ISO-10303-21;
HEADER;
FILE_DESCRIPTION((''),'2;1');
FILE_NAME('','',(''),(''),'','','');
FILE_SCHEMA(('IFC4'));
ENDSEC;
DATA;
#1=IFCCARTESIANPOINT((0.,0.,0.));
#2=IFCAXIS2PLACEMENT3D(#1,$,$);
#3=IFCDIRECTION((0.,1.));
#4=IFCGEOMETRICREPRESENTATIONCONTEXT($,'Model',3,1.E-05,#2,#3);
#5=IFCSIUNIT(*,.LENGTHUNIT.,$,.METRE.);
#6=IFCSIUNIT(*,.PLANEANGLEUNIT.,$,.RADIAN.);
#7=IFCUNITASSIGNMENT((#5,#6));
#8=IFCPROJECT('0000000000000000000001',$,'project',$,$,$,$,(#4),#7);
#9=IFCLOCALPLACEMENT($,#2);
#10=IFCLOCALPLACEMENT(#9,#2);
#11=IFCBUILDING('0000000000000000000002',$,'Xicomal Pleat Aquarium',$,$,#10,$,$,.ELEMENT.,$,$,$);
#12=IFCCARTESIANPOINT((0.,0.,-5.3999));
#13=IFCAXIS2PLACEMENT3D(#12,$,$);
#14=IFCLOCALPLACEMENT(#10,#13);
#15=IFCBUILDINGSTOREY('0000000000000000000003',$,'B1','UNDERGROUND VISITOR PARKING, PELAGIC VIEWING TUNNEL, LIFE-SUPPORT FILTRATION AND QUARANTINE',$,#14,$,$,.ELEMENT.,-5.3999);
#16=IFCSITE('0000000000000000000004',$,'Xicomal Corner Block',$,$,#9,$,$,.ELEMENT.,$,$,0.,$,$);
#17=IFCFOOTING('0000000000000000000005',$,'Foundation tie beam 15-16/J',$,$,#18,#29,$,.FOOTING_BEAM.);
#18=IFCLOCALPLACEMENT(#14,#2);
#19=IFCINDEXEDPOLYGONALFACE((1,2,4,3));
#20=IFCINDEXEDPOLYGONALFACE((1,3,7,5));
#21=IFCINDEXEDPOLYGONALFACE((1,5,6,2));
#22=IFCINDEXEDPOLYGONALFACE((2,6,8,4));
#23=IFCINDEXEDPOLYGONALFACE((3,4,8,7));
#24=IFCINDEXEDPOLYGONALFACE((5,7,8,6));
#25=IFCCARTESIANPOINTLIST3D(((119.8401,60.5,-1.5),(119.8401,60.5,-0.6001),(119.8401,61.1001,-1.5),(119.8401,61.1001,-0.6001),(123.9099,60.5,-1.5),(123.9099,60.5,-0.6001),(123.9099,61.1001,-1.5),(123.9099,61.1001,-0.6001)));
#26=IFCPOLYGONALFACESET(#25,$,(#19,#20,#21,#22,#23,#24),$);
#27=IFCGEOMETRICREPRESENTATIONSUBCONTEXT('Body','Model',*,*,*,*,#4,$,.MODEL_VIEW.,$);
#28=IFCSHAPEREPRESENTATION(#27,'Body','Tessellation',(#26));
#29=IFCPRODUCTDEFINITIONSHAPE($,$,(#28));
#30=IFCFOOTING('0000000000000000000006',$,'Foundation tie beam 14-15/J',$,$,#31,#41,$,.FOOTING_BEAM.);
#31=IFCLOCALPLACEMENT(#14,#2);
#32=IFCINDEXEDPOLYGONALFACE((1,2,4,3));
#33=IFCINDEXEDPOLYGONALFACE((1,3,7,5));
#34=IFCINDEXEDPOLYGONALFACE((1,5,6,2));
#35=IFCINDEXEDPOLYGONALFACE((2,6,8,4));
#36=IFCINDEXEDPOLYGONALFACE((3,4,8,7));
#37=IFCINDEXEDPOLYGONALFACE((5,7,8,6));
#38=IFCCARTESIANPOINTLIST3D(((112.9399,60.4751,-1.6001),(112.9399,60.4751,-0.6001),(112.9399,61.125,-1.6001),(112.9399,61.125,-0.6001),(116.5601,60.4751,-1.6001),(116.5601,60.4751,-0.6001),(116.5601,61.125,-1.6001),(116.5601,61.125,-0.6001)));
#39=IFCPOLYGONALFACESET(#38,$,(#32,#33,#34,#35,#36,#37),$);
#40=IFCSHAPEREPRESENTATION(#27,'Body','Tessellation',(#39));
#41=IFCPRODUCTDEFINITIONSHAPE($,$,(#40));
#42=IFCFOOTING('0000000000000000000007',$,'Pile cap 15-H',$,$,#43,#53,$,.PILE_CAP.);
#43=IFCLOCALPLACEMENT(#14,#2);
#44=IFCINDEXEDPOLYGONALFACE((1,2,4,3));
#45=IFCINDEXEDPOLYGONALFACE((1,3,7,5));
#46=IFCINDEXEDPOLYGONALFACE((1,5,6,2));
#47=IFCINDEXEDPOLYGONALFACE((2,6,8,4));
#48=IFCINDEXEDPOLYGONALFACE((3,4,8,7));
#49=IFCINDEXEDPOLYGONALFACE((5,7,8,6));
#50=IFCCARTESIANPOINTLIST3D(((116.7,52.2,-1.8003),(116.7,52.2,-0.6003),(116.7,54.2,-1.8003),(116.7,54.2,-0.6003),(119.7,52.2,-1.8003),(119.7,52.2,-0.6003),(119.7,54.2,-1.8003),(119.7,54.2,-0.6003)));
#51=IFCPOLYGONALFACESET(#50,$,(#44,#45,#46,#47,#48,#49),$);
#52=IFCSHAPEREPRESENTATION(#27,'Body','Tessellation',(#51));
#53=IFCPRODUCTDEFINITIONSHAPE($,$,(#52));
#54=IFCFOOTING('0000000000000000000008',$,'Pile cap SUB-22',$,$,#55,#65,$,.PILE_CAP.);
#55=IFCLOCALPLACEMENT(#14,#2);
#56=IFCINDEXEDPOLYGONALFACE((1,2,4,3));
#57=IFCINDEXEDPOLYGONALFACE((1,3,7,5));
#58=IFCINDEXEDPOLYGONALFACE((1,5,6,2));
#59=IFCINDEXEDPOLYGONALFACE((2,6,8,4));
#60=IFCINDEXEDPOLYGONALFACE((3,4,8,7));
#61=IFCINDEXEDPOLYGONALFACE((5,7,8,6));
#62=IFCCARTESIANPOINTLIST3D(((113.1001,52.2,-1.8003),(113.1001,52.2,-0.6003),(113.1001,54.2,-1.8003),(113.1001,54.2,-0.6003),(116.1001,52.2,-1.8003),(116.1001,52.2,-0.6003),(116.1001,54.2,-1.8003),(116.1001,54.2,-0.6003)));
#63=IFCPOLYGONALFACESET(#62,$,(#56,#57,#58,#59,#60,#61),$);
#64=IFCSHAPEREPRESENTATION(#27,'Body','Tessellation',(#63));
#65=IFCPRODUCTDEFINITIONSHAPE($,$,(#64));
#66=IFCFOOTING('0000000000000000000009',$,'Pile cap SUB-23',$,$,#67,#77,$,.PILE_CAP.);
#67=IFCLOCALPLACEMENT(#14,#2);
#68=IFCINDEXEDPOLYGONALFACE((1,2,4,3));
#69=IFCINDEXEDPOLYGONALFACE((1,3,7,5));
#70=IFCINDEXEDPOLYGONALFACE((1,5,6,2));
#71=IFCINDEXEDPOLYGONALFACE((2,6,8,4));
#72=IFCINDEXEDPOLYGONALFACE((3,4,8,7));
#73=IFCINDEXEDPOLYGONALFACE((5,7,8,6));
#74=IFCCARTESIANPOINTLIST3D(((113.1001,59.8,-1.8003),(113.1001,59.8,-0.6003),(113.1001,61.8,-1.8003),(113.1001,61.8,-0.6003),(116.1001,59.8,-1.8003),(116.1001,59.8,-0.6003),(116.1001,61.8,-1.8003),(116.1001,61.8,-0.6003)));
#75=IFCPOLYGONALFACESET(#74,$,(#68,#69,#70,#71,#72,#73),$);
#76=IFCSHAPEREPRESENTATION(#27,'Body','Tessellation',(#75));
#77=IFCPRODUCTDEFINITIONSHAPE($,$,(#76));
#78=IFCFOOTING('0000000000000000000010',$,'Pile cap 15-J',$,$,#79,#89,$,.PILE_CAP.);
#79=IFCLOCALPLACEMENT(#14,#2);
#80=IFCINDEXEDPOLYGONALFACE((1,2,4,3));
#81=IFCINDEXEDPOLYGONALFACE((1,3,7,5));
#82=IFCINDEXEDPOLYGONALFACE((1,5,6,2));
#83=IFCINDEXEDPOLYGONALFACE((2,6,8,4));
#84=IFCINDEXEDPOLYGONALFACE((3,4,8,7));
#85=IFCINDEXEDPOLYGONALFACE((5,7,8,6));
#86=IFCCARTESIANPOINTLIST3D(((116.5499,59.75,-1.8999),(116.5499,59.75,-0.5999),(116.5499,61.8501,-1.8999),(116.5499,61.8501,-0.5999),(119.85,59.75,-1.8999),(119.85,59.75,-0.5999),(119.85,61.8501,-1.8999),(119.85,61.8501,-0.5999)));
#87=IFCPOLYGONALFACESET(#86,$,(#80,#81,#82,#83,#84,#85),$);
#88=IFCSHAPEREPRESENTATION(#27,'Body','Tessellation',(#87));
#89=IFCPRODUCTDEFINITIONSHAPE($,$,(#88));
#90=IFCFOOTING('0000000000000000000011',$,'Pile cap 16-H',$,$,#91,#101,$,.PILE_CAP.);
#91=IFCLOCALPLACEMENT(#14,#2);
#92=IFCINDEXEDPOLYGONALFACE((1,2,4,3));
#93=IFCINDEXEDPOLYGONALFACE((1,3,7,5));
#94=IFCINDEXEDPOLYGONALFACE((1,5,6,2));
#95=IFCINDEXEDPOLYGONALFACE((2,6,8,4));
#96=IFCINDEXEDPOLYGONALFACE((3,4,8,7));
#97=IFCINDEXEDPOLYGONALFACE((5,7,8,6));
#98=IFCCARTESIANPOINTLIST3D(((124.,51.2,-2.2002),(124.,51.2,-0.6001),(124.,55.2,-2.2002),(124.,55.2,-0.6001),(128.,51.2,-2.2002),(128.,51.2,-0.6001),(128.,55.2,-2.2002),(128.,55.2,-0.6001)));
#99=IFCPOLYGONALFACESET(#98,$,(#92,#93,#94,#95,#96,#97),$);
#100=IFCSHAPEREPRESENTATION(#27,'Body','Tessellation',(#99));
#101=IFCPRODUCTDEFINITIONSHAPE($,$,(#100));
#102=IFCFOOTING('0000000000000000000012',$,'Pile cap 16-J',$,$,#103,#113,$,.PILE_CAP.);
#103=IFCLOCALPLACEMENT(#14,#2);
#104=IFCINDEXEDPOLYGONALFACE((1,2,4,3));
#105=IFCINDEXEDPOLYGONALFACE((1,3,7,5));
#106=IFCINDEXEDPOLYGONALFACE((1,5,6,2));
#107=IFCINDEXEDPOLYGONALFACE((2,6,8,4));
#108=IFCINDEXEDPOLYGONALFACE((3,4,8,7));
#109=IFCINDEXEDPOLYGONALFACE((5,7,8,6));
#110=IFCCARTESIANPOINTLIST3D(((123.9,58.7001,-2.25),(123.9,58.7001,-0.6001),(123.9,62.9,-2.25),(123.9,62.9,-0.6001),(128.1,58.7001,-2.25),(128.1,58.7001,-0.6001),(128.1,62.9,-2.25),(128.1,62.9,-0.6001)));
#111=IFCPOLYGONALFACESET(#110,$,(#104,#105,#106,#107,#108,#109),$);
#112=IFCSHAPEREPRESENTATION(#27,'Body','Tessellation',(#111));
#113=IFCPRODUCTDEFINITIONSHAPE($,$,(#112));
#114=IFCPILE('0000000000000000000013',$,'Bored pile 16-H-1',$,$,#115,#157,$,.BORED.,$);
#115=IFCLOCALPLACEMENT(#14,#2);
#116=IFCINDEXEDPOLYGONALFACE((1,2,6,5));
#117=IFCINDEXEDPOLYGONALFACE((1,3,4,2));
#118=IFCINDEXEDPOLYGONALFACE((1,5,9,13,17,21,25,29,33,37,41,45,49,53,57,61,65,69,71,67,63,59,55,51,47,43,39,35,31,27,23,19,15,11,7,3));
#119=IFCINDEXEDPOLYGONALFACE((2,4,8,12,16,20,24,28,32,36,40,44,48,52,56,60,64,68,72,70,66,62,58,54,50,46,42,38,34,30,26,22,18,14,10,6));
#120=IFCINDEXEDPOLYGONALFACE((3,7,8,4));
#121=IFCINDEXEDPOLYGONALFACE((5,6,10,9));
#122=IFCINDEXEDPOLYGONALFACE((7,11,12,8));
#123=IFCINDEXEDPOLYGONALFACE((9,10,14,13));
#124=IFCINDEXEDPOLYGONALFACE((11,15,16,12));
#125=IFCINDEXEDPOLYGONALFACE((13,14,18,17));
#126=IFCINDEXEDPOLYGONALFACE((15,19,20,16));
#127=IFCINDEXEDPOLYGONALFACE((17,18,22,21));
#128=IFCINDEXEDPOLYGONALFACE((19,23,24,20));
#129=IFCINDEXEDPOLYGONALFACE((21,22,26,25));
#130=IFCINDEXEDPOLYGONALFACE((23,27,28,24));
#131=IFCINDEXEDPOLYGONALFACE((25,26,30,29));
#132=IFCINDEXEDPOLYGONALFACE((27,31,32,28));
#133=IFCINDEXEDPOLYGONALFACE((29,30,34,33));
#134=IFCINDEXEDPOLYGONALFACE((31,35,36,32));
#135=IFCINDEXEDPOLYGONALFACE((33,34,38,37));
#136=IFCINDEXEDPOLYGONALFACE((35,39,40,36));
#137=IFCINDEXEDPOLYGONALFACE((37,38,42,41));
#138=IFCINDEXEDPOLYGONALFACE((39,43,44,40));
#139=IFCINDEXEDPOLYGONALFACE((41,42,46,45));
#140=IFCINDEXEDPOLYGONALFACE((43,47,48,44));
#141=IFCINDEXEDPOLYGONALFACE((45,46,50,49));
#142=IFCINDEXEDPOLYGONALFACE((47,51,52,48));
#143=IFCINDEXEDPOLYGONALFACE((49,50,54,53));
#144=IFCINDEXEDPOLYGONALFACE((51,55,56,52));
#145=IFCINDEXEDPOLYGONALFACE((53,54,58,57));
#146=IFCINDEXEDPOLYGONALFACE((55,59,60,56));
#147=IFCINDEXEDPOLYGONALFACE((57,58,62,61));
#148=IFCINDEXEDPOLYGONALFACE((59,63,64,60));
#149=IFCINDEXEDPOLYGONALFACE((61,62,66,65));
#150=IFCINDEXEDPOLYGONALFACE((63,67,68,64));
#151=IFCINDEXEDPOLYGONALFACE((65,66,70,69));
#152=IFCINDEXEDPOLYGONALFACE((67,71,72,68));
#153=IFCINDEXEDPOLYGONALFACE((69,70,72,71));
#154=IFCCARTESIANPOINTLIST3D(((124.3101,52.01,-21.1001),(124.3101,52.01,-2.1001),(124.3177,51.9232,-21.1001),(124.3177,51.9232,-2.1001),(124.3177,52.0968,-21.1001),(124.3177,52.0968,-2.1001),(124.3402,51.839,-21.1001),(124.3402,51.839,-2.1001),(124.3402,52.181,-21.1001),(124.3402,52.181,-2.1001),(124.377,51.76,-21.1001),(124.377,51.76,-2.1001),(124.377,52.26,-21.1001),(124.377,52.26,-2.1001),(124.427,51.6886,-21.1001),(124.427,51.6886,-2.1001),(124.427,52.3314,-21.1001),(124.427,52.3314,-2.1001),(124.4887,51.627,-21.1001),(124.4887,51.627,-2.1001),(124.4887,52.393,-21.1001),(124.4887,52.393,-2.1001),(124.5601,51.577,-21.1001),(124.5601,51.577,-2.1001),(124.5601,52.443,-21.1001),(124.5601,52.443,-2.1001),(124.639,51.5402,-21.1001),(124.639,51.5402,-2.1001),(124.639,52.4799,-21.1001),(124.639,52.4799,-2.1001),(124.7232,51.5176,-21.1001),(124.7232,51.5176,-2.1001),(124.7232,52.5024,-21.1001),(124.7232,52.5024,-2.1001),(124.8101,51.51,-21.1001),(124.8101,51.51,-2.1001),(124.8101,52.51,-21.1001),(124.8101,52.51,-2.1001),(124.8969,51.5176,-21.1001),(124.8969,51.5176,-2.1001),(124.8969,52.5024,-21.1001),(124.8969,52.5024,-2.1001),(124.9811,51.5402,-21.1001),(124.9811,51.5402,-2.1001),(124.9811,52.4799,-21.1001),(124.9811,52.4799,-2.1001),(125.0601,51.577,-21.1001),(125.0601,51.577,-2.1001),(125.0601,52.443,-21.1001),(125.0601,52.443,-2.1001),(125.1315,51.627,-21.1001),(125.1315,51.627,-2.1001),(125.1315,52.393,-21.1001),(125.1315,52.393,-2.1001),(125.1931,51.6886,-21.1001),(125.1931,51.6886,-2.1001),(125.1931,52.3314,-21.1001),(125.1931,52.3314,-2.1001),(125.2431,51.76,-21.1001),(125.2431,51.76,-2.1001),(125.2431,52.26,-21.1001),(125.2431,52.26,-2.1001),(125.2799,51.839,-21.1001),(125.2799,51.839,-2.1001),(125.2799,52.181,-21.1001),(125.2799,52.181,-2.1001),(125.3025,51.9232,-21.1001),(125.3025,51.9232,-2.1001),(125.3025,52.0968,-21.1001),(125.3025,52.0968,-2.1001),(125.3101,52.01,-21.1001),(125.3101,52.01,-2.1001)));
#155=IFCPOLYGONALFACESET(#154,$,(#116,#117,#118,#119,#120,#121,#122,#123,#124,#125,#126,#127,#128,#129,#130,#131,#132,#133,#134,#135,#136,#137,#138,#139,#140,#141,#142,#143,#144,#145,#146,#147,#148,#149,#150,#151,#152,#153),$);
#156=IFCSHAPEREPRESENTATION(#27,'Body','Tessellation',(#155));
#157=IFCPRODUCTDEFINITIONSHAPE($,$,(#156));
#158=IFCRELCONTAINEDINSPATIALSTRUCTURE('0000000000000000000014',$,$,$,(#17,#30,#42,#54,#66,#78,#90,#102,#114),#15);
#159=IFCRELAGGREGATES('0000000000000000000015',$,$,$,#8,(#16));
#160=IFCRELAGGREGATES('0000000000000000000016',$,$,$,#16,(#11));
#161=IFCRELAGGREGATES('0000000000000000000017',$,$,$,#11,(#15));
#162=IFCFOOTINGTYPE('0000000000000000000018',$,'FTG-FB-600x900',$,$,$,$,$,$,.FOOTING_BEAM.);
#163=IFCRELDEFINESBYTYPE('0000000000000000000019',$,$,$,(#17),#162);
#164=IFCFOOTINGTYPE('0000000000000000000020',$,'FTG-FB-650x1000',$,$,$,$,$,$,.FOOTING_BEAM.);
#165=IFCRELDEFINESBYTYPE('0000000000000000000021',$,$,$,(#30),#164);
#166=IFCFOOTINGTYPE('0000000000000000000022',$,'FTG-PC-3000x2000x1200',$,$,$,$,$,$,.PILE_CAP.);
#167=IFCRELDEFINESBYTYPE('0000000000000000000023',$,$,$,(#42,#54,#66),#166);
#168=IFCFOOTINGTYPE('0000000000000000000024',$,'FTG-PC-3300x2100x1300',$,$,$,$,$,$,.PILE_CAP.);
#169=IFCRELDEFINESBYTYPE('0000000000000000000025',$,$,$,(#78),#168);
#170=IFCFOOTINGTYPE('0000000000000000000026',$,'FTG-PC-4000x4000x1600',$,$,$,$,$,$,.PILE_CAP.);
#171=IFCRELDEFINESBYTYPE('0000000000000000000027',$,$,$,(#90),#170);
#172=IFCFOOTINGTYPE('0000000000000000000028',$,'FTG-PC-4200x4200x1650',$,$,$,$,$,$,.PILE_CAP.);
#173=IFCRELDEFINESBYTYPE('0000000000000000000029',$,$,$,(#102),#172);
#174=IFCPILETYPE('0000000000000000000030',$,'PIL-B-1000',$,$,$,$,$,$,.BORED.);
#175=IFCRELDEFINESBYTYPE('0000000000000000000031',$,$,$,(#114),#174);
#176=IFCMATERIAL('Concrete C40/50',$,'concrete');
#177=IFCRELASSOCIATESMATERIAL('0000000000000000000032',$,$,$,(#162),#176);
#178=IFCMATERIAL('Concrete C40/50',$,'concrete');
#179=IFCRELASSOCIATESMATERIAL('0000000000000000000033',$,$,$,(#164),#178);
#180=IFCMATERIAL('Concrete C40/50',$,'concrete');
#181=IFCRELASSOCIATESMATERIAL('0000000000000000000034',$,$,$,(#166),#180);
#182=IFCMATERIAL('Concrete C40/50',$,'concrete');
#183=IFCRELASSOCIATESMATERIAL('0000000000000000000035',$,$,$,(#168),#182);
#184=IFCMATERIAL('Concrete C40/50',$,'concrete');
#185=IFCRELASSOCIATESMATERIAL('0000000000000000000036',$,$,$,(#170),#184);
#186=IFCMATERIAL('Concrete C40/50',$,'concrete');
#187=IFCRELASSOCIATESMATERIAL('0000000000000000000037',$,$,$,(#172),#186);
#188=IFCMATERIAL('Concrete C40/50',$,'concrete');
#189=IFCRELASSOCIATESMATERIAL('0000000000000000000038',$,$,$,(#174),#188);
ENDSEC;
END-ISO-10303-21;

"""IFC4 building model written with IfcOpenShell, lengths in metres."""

from ifc_helpers import new_model, si_unit, direction, frame, origin, origin_2d, place, context, subcontext, project, spatial, rectangle, circle, extrude, material, material_profile, profile_set, type_object, element, save


model = new_model("IFC4")

# Units and contexts
model_context = context("Model", 3, precision=1e-05, world=origin(), true_north=direction((0.0, 1.0)))
body_context = subcontext(model_context, "Body", "Model", "MODEL_VIEW")
ifc_project = project(units=[si_unit("LENGTHUNIT", "METRE"), si_unit("PLANEANGLEUNIT", "RADIAN")], contexts=[model_context])

# Site, building, storey
site_placement = place(None, origin())
site = spatial("IfcSite", under=ifc_project, at=site_placement, Name="Xicomal Corner Block", CompositionType="ELEMENT", RefElevation=0.0)
building_placement = place(site_placement, origin())
building = spatial("IfcBuilding", under=site, at=building_placement, Name="Xicomal Pleat Aquarium", CompositionType="ELEMENT")
storey_placement = place(building_placement, frame((0.0, 0.0, -5.3999)))
storey = spatial("IfcBuildingStorey", under=building, at=storey_placement, Name="B1", Description="UNDERGROUND VISITOR PARKING, PELAGIC VIEWING TUNNEL, LIFE-SUPPORT FILTRATION AND QUARANTINE", CompositionType="ELEMENT", Elevation=-5.3999)

# Footings
ifc_material_1 = material(Name="Concrete C40/50", Category="concrete")
ifc_material_profile_1 = material_profile(ifc_material_1, rectangle(XDim=0.6001, YDim=0.8999, at=origin_2d()), Name="FB-02 600x900")
ifc_profile_set_1 = profile_set([ifc_material_profile_1], Name="Concrete C40/50")
footing_type_1 = type_object("IfcFootingType", Name="FTG-FB-600x900", PredefinedType="FOOTING_BEAM", material=ifc_profile_set_1)
footing_1_placement = place(storey_placement, frame((119.8401, 60.8, -1.05), z_axis=(1.0, 0.0, 0.0), x_axis=(0.0, 1.0, 0.0)))
element("IfcFooting", 1, at=footing_1_placement, inside=storey, type_object=footing_type_1, Name="Foundation tie beam 15-16/J", PredefinedType="FOOTING_BEAM", context=body_context, shape_type="SweptSolid", body=[
    extrude(rectangle(XDim=0.6001, YDim=0.8999, at=origin_2d()), origin(), (0.0, 0.0, 1.0), 4.0698),
])
ifc_material_2 = material(Name="Concrete C40/50", Category="concrete")
ifc_material_profile_2 = material_profile(ifc_material_2, rectangle(XDim=0.6499, YDim=1.0, at=origin_2d()), Name="FB-03 650x1000")
ifc_profile_set_2 = profile_set([ifc_material_profile_2], Name="Concrete C40/50")
footing_type_2 = type_object("IfcFootingType", Name="FTG-FB-650x1000", PredefinedType="FOOTING_BEAM", material=ifc_profile_set_2)
footing_2_placement = place(storey_placement, frame((112.9399, 60.8, -1.1001), z_axis=(1.0, 0.0, 0.0), x_axis=(0.0, 1.0, 0.0)))
element("IfcFooting", 2, at=footing_2_placement, inside=storey, type_object=footing_type_2, Name="Foundation tie beam 14-15/J", PredefinedType="FOOTING_BEAM", context=body_context, shape_type="SweptSolid", body=[
    extrude(rectangle(XDim=0.6499, YDim=1.0, at=origin_2d()), origin(), (0.0, 0.0, 1.0), 3.6201),
])
ifc_material_3 = material(Name="Concrete C40/50", Category="concrete")
footing_type_3 = type_object("IfcFootingType", Name="FTG-PC-3000x2000x1200", PredefinedType="PILE_CAP", material=ifc_material_3)
for number, where, z_axis, x_axis, name in (
    (3, (118.2, 53.2, -1.8003), (0.0, 0.0, 1.0), (1.0, 0.0, 0.0), "Pile cap 15-H"),
    (4, (114.6001, 53.2, -1.8003), (0.0, 0.0, 1.0), (1.0, 0.0, 0.0), "Pile cap SUB-22"),
    (5, (114.6001, 60.8, -1.8003), (0.0, 0.0, 1.0), (1.0, 0.0, 0.0), "Pile cap SUB-23"),
):
    element("IfcFooting", number, at=place(storey_placement, frame(where, z_axis=z_axis, x_axis=x_axis)), inside=storey, type_object=footing_type_3, Name=name, PredefinedType="PILE_CAP", context=body_context, shape_type="SweptSolid", body=[
        extrude(rectangle(XDim=3.0, YDim=2.0, at=origin_2d()), origin(), (0.0, 0.0, 1.0), 1.2),
    ])
ifc_material_4 = material(Name="Concrete C40/50", Category="concrete")
footing_type_4 = type_object("IfcFootingType", Name="FTG-PC-3300x2100x1300", PredefinedType="PILE_CAP", material=ifc_material_4)
footing_3_placement = place(storey_placement, frame((118.2, 60.8, -1.8999), z_axis=(0.0, 0.0, 1.0), x_axis=(1.0, 0.0, 0.0)))
element("IfcFooting", 6, at=footing_3_placement, inside=storey, type_object=footing_type_4, Name="Pile cap 15-J", PredefinedType="PILE_CAP", context=body_context, shape_type="SweptSolid", body=[
    extrude(rectangle(XDim=3.3, YDim=2.1001, at=origin_2d()), origin(), (0.0, 0.0, 1.0), 1.3),
])
ifc_material_5 = material(Name="Concrete C40/50", Category="concrete")
footing_type_5 = type_object("IfcFootingType", Name="FTG-PC-4000x4000x1600", PredefinedType="PILE_CAP", material=ifc_material_5)
footing_4_placement = place(storey_placement, frame((126.0, 53.2, -2.2002), z_axis=(0.0, 0.0, 1.0), x_axis=(1.0, 0.0, 0.0)))
element("IfcFooting", 7, at=footing_4_placement, inside=storey, type_object=footing_type_5, Name="Pile cap 16-H", PredefinedType="PILE_CAP", context=body_context, shape_type="SweptSolid", body=[
    extrude(rectangle(XDim=4.0, YDim=4.0, at=origin_2d()), origin(), (0.0, 0.0, 1.0), 1.6001),
])
ifc_material_6 = material(Name="Concrete C40/50", Category="concrete")
footing_type_6 = type_object("IfcFootingType", Name="FTG-PC-4200x4200x1650", PredefinedType="PILE_CAP", material=ifc_material_6)
footing_5_placement = place(storey_placement, frame((126.0, 60.8, -2.25), z_axis=(0.0, 0.0, 1.0), x_axis=(1.0, 0.0, 0.0)))
element("IfcFooting", 8, at=footing_5_placement, inside=storey, type_object=footing_type_6, Name="Pile cap 16-J", PredefinedType="PILE_CAP", context=body_context, shape_type="SweptSolid", body=[
    extrude(rectangle(XDim=4.2, YDim=4.2, at=origin_2d()), origin(), (0.0, 0.0, 1.0), 1.6499),
])

# Pile
ifc_material_7 = material(Name="Concrete C40/50", Category="concrete")
ifc_material_profile_3 = material_profile(ifc_material_7, circle(Radius=0.5, at=origin_2d()), Name="BORED PILE D1000")
ifc_profile_set_3 = profile_set([ifc_material_profile_3], Name="Concrete C40/50")
pile_type_1 = type_object("IfcPileType", Name="PIL-B-1000", PredefinedType="BORED", material=ifc_profile_set_3)
for number, where, z_axis, x_axis, name in (
    (9, (124.8101, 52.01, -2.1001), (0.0, 0.0, -1.0), (1.0, 0.0, 0.0), "Bored pile 16-H-1"),
):
    element("IfcPile", number, at=place(storey_placement, frame(where, z_axis=z_axis, x_axis=x_axis)), inside=storey, type_object=pile_type_1, Name=name, PredefinedType="BORED", context=body_context, shape_type="SweptSolid", body=[
        extrude(circle(Radius=0.5, at=origin_2d()), origin(), (0.0, 0.0, 1.0), 19.0),
    ])

save(model, "model.ifc")
